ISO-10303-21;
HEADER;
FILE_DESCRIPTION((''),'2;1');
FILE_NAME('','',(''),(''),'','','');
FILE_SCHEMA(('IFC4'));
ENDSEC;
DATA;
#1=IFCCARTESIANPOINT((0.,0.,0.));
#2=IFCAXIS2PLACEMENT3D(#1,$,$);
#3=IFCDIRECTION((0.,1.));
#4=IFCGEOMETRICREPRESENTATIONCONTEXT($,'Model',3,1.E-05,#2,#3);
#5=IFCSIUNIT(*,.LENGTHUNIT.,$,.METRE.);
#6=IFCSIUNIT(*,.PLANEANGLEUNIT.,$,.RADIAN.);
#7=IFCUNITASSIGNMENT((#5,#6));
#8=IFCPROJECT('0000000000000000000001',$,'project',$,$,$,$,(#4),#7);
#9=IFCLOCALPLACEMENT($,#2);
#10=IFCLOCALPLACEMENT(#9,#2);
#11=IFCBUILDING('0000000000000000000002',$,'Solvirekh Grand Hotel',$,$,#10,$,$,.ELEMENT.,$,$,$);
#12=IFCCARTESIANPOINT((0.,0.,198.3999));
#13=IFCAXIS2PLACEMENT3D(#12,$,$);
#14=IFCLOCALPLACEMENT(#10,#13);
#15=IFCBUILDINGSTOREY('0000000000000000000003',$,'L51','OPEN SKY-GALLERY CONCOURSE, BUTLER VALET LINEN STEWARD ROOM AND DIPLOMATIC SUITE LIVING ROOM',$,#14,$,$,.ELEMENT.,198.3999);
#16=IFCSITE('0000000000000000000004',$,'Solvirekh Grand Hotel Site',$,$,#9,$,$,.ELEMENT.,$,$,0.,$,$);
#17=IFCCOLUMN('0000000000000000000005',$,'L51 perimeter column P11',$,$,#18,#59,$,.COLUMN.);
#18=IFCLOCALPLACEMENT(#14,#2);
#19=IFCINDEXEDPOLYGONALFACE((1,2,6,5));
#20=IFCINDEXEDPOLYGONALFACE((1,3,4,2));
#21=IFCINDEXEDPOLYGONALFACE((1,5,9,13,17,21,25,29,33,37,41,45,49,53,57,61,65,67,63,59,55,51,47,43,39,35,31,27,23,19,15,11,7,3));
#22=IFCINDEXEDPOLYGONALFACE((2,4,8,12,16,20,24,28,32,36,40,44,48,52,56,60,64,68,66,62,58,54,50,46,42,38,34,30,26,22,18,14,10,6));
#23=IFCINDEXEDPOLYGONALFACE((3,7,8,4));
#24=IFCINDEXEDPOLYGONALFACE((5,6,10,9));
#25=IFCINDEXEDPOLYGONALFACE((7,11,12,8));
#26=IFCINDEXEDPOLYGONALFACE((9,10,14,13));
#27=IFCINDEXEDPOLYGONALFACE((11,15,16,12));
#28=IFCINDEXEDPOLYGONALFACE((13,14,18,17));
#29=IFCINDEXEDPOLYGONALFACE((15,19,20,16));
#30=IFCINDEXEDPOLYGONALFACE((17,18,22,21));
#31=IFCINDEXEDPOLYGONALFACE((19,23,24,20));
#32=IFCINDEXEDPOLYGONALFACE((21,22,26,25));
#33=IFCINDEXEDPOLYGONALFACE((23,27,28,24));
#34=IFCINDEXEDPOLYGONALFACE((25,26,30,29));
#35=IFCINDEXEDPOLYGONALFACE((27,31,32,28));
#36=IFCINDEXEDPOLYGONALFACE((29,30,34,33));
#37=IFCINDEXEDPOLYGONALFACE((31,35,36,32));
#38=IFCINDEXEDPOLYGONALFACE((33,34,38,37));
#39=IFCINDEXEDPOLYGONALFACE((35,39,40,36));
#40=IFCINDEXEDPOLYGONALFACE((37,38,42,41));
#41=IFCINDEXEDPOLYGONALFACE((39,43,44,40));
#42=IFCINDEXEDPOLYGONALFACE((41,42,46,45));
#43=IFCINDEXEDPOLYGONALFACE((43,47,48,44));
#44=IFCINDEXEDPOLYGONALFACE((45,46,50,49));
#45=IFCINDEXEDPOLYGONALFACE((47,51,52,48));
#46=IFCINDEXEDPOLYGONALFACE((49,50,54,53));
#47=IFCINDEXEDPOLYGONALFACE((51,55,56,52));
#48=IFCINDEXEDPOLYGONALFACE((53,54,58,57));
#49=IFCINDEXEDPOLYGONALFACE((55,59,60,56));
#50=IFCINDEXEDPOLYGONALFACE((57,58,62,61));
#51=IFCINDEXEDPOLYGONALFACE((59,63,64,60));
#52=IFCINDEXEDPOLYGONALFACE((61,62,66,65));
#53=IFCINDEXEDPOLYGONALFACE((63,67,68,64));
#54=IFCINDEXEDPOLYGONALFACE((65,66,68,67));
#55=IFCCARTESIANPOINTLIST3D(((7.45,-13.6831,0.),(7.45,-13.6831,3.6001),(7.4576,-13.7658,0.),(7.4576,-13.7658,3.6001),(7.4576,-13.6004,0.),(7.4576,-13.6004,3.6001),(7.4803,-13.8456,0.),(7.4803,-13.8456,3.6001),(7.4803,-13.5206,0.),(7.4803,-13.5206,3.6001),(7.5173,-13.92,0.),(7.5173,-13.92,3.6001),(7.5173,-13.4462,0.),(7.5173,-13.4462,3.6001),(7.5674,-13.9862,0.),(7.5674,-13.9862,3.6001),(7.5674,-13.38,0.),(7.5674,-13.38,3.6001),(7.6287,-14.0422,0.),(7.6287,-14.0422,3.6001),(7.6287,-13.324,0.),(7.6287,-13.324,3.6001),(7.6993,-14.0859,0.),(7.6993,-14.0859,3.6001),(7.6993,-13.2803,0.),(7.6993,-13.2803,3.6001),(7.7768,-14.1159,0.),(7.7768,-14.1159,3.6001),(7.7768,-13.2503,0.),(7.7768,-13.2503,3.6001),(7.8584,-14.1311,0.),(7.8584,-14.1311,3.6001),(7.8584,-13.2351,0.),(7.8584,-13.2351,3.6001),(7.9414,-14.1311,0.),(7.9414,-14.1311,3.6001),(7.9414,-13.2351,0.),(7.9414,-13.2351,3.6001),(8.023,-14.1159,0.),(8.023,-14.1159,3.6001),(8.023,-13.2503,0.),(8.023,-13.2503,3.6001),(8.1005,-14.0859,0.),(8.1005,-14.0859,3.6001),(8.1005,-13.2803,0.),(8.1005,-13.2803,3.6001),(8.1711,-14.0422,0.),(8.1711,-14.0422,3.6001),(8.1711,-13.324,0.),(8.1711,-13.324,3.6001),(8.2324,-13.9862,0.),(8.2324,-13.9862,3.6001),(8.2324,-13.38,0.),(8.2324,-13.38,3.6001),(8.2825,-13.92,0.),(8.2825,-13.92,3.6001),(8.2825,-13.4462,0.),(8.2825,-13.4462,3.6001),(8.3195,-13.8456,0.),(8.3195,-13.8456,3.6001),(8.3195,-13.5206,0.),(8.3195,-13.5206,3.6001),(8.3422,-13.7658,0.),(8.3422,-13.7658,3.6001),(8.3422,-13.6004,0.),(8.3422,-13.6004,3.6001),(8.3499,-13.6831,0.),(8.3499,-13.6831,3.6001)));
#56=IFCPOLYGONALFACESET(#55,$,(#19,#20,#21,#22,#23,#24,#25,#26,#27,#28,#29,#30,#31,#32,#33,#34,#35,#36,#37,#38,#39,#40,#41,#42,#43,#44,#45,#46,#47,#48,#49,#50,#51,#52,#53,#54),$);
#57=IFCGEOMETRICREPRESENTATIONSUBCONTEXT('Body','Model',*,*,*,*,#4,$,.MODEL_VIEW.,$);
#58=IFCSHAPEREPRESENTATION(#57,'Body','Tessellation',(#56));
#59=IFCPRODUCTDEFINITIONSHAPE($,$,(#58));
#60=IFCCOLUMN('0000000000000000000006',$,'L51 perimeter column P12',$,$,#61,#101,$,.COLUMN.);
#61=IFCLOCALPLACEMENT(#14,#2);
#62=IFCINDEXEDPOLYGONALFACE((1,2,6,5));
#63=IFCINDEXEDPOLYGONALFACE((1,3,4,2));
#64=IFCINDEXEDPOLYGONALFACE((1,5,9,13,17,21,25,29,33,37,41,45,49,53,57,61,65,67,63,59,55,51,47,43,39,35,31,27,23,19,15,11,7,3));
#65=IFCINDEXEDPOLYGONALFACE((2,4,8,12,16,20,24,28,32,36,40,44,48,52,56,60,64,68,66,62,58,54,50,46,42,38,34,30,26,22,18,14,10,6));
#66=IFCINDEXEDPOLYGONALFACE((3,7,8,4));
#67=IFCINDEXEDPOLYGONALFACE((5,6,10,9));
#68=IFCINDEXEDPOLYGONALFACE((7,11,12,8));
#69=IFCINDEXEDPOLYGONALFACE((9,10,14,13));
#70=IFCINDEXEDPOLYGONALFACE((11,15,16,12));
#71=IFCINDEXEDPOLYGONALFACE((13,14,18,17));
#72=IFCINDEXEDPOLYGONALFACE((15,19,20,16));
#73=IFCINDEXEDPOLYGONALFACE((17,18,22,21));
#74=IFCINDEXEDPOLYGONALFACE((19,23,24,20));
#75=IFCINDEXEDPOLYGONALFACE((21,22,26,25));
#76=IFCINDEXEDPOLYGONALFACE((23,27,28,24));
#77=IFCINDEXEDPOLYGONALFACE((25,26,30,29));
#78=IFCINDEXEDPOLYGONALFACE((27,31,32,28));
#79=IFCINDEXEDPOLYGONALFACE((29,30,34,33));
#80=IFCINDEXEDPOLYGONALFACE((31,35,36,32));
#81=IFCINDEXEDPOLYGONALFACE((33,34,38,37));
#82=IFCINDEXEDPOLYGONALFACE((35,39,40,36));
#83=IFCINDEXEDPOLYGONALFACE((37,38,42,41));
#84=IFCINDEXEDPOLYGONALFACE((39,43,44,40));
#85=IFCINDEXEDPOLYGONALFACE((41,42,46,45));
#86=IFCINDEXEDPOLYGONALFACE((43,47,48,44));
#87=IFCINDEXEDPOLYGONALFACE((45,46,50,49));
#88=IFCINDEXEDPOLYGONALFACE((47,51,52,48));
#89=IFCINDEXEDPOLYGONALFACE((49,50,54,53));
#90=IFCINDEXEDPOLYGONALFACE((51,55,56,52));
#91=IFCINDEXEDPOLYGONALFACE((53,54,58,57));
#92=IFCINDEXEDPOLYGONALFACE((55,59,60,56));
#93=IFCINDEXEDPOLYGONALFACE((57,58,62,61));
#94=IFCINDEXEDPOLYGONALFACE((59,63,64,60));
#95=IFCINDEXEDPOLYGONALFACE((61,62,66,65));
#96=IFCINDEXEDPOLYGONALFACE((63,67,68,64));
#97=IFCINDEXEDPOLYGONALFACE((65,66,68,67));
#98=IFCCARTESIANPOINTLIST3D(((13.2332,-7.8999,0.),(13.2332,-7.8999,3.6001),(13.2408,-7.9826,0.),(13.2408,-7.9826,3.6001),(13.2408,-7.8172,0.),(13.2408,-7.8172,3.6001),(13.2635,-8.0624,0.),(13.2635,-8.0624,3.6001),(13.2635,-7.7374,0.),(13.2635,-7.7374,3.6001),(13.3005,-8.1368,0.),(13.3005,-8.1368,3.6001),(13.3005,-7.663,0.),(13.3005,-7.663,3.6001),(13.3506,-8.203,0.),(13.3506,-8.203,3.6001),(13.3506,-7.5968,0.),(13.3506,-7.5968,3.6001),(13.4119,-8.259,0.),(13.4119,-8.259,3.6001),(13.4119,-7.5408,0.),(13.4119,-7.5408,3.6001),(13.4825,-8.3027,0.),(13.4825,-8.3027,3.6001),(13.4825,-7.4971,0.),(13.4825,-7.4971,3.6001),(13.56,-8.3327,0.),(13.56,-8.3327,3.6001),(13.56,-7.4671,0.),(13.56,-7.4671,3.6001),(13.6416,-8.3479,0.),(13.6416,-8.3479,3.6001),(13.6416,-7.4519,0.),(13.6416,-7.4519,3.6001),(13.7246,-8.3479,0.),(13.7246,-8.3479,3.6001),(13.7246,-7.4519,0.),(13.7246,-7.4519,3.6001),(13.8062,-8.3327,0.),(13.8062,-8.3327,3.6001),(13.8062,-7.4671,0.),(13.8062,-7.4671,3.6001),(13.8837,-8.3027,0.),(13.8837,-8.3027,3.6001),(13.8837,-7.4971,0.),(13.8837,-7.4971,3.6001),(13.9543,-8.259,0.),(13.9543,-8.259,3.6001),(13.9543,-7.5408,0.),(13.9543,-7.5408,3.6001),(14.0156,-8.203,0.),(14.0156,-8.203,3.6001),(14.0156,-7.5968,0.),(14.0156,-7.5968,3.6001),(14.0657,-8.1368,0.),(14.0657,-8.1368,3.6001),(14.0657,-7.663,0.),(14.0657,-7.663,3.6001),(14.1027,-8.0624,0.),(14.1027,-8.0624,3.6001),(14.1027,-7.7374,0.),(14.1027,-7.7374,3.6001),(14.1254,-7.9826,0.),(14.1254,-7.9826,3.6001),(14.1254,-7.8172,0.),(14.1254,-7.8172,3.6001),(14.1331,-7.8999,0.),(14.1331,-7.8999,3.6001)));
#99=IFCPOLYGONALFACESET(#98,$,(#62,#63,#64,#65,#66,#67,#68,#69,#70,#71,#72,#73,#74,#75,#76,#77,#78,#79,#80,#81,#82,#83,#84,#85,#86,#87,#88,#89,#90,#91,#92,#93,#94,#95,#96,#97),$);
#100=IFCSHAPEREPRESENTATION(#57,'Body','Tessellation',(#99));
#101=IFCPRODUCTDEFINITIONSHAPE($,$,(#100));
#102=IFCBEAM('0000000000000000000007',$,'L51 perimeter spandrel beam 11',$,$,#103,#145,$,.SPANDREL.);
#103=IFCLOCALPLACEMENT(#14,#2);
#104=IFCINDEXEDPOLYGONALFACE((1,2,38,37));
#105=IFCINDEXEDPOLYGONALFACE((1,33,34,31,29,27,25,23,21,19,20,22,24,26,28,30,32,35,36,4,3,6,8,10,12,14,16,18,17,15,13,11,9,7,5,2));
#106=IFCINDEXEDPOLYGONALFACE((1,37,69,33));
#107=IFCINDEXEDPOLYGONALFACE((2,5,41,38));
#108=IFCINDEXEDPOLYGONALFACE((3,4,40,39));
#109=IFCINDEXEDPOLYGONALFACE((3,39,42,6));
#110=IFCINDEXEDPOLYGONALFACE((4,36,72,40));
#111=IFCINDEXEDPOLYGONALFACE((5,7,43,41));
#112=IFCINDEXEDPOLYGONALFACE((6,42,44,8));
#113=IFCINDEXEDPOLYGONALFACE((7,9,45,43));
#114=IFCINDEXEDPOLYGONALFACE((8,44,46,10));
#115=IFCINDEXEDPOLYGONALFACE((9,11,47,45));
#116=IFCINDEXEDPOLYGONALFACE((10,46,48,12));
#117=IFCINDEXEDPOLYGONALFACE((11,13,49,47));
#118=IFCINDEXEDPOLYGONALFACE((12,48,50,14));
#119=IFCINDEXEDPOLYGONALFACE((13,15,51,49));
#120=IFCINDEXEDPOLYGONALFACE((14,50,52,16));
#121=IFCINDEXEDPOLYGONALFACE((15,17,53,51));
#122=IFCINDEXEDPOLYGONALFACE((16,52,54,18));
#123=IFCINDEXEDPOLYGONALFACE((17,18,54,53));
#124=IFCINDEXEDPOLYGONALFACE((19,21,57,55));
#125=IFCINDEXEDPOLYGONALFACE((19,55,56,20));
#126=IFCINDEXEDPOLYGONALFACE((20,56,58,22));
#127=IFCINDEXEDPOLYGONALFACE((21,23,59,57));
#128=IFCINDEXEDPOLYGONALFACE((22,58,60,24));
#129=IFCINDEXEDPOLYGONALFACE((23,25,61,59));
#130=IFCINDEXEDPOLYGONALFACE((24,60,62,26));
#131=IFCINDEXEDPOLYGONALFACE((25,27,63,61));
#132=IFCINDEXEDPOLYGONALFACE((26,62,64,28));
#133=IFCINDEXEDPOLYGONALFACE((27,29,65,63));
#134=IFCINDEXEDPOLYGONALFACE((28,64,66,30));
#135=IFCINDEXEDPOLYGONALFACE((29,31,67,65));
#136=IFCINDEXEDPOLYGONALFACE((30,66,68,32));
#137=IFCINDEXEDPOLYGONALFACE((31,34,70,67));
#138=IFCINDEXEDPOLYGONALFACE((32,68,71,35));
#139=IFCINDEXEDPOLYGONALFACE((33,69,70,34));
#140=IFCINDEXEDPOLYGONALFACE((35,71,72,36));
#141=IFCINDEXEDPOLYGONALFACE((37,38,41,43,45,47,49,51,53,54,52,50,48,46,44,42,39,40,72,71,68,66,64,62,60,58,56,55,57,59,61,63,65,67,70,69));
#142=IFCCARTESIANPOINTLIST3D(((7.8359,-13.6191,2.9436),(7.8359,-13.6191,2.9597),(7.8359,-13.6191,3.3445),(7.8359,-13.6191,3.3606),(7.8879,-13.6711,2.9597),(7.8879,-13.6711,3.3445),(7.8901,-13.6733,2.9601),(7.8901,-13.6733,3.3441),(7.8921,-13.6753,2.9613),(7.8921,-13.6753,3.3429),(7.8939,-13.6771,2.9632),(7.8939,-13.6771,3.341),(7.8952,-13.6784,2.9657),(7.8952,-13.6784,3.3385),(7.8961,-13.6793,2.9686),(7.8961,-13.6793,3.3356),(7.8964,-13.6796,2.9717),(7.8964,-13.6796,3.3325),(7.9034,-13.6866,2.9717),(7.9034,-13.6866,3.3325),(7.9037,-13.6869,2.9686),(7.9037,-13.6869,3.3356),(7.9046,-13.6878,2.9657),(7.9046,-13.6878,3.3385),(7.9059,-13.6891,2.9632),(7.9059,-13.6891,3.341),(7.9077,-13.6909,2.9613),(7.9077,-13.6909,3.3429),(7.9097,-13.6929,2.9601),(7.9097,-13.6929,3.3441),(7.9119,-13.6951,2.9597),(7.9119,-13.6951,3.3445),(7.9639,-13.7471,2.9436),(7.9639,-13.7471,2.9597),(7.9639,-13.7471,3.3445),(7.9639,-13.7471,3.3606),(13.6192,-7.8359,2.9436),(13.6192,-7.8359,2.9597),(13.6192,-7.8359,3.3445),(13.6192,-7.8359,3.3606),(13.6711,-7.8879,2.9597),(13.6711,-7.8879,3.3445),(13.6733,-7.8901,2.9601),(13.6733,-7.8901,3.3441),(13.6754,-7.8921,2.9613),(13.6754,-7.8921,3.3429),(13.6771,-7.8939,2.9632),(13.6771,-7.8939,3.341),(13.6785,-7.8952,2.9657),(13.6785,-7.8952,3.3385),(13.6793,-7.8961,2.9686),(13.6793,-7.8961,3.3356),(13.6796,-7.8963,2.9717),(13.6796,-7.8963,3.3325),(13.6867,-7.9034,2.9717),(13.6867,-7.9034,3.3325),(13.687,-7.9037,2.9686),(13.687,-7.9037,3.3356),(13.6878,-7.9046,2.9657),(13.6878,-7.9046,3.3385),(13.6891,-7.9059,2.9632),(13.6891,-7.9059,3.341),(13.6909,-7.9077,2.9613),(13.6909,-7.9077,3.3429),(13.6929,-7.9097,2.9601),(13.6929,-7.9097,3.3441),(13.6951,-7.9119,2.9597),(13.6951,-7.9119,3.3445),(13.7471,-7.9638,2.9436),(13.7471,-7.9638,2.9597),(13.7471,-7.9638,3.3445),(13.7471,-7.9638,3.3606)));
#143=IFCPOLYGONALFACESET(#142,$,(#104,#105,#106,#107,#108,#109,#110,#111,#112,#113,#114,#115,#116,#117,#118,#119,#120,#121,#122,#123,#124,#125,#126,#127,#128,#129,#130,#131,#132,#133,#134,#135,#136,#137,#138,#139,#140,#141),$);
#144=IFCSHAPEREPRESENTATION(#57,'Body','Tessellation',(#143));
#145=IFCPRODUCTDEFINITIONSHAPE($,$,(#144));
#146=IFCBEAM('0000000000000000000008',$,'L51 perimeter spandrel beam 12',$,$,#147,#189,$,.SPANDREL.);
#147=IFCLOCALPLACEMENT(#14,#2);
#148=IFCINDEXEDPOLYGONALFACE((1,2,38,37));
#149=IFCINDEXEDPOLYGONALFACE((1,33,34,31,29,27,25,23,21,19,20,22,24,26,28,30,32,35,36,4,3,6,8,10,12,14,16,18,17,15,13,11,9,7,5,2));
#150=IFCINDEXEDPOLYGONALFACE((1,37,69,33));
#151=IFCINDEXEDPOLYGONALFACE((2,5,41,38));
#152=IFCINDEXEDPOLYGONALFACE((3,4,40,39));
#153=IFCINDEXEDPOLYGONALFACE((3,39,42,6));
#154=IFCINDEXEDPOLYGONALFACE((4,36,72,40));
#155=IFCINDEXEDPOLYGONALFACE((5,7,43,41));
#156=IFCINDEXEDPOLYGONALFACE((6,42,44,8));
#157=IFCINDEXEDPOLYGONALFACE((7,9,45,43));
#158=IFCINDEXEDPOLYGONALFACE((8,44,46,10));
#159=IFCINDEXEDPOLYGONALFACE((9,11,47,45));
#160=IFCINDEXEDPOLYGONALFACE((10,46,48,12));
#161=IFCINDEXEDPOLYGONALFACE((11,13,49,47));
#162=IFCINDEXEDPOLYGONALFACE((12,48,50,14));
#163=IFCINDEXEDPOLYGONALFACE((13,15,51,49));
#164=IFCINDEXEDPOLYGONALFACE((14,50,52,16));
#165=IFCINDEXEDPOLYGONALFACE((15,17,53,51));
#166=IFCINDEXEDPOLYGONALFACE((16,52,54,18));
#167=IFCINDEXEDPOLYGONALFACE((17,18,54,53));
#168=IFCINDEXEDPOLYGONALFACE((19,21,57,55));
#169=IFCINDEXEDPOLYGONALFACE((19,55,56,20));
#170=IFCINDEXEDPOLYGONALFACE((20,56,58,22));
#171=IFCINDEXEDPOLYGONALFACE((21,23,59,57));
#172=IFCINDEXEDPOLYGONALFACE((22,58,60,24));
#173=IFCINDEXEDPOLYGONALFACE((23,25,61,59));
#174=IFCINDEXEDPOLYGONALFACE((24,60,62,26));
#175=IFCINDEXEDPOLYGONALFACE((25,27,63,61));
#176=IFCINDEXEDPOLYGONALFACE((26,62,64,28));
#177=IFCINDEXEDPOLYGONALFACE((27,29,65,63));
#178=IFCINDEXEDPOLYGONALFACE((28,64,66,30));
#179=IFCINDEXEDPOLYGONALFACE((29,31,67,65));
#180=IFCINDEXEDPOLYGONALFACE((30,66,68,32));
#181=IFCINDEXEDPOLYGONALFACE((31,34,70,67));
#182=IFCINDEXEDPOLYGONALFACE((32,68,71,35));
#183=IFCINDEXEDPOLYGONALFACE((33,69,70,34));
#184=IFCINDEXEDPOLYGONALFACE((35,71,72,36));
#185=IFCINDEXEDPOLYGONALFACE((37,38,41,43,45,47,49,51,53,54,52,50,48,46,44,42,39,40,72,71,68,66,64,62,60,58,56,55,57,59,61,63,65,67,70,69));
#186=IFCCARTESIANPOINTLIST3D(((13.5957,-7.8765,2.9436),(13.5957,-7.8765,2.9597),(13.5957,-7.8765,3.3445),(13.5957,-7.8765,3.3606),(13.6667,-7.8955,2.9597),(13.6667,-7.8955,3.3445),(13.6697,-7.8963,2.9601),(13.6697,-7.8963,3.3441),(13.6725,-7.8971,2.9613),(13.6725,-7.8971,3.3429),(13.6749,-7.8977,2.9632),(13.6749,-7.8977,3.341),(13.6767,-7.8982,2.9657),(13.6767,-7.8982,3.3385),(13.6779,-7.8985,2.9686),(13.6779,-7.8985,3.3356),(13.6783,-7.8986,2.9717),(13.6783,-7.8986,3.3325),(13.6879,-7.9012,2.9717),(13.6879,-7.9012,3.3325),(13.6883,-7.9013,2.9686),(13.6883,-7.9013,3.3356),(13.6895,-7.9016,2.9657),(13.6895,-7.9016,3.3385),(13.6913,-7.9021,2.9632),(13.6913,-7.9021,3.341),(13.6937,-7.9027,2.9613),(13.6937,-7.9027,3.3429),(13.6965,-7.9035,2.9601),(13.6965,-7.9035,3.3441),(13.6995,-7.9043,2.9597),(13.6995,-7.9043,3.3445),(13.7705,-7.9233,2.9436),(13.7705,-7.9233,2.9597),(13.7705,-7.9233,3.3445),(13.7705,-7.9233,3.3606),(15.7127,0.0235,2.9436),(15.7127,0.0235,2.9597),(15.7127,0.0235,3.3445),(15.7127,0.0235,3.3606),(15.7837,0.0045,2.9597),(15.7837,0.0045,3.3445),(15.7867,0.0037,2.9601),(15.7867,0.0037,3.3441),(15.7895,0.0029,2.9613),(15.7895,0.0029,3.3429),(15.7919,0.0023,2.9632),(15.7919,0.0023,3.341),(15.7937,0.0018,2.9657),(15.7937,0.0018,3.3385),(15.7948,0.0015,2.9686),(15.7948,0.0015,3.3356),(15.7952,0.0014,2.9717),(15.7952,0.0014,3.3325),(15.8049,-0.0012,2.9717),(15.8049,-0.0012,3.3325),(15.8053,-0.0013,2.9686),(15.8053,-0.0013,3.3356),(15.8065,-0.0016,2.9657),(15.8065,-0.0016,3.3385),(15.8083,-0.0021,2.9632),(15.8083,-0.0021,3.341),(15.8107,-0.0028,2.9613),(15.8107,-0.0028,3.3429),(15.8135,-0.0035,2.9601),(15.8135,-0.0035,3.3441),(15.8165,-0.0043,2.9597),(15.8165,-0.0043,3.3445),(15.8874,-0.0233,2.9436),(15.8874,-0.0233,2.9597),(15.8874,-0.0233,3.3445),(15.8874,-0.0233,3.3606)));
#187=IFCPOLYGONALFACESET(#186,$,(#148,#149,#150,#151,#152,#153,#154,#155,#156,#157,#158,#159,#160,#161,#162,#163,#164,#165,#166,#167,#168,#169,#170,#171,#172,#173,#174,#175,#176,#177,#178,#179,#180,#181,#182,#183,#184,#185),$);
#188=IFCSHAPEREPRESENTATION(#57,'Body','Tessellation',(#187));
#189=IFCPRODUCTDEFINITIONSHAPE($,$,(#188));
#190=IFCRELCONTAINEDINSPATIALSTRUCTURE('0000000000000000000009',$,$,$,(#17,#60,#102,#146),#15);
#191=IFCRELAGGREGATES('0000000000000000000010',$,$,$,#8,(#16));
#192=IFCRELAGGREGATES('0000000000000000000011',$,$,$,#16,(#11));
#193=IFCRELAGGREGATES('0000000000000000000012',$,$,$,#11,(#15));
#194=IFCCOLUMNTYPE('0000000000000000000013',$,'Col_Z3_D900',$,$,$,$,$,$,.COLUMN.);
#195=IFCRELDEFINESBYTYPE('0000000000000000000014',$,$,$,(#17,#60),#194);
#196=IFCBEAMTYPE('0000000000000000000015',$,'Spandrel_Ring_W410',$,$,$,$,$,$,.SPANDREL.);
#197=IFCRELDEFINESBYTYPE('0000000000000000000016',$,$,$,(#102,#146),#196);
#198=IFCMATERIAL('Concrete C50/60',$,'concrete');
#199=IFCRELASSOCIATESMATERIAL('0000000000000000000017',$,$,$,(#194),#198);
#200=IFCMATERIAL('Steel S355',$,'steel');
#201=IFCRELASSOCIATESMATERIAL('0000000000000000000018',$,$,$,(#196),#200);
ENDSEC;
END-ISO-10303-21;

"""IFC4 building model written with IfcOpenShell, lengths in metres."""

from ifc_helpers import new_model, si_unit, direction, frame, origin, origin_2d, place, context, subcontext, project, spatial, circle, i_section, extrude, material, material_profile, profile_set, type_object, element, save


model = new_model("IFC4")

# Units and contexts
model_context = context("Model", 3, precision=1e-05, world=origin(), true_north=direction((0.0, 1.0)))
body_context = subcontext(model_context, "Body", "Model", "MODEL_VIEW")
ifc_project = project(units=[si_unit("LENGTHUNIT", "METRE"), si_unit("PLANEANGLEUNIT", "RADIAN")], contexts=[model_context])

# Site, building, storey
site_placement = place(None, origin())
site = spatial("IfcSite", under=ifc_project, at=site_placement, Name="Solvirekh Grand Hotel Site", CompositionType="ELEMENT", RefElevation=0.0)
building_placement = place(site_placement, origin())
building = spatial("IfcBuilding", under=site, at=building_placement, Name="Solvirekh Grand Hotel", CompositionType="ELEMENT")
storey_placement = place(building_placement, frame((0.0, 0.0, 198.3999)))
storey = spatial("IfcBuildingStorey", under=building, at=storey_placement, Name="L51", Description="OPEN SKY-GALLERY CONCOURSE, BUTLER VALET LINEN STEWARD ROOM AND DIPLOMATIC SUITE LIVING ROOM", CompositionType="ELEMENT", Elevation=198.3999)

# Columns
ifc_material_1 = material(Name="Concrete C50/60", Category="concrete")
ifc_material_profile_1 = material_profile(ifc_material_1, circle(Radius=0.45, at=origin_2d()), Name="RC CIRC D900")
ifc_profile_set_1 = profile_set([ifc_material_profile_1], Name="Concrete C50/60")
column_type = type_object("IfcColumnType", Name="Col_Z3_D900", PredefinedType="COLUMN", material=ifc_profile_set_1)
for number, where, z_axis, x_axis, name in (
    (1, (7.8999, -13.6831, 0.0), (0.0, 0.0, 1.0), (1.0, 0.0, 0.0), "L51 perimeter column P11"),
    (2, (13.6831, -7.8999, 0.0), (0.0, 0.0, 1.0), (1.0, 0.0, 0.0), "L51 perimeter column P12"),
):
    element("IfcColumn", number, at=place(storey_placement, frame(where, z_axis=z_axis, x_axis=x_axis)), inside=storey, type_object=column_type, Name=name, PredefinedType="COLUMN", context=body_context, shape_type="SweptSolid", body=[
        extrude(circle(Radius=0.45, at=origin_2d()), origin(), (0.0, 0.0, 1.0), 3.6001),
    ])

# Beams
ifc_material_2 = material(Name="Steel S355", Category="steel")
ifc_material_profile_2 = material_profile(ifc_material_2, i_section(OverallWidth=0.1809, OverallDepth=0.417, WebThickness=0.01, FlangeThickness=0.0161, FilletRadius=0.012, at=origin_2d()), Name="W410X85")
ifc_profile_set_2 = profile_set([ifc_material_profile_2], Name="Steel S355")
beam_type = type_object("IfcBeamType", Name="Spandrel_Ring_W410", PredefinedType="SPANDREL", material=ifc_profile_set_2)
for number, where, z_axis, x_axis, name in (
    (3, (7.8999, -13.6831, 3.1521), (0.707107, 0.707107, 0.0), (-0.707107, 0.707107, 0.0), "L51 perimeter spandrel beam 11"),
    (4, (13.6831, -7.8999, 3.1521), (0.258839, 0.965921, 0.0), (-0.965921, 0.258839, 0.0), "L51 perimeter spandrel beam 12"),
):
    element("IfcBeam", number, at=place(storey_placement, frame(where, z_axis=z_axis, x_axis=x_axis)), inside=storey, type_object=beam_type, Name=name, PredefinedType="SPANDREL", context=body_context, shape_type="SweptSolid", body=[
        extrude(i_section(OverallWidth=0.1809, OverallDepth=0.417, WebThickness=0.01, FlangeThickness=0.0161, FilletRadius=0.012, at=origin_2d()), origin(), (0.0, 0.0, 1.0), 8.1787),
    ])

save(model, "model.ifc")
